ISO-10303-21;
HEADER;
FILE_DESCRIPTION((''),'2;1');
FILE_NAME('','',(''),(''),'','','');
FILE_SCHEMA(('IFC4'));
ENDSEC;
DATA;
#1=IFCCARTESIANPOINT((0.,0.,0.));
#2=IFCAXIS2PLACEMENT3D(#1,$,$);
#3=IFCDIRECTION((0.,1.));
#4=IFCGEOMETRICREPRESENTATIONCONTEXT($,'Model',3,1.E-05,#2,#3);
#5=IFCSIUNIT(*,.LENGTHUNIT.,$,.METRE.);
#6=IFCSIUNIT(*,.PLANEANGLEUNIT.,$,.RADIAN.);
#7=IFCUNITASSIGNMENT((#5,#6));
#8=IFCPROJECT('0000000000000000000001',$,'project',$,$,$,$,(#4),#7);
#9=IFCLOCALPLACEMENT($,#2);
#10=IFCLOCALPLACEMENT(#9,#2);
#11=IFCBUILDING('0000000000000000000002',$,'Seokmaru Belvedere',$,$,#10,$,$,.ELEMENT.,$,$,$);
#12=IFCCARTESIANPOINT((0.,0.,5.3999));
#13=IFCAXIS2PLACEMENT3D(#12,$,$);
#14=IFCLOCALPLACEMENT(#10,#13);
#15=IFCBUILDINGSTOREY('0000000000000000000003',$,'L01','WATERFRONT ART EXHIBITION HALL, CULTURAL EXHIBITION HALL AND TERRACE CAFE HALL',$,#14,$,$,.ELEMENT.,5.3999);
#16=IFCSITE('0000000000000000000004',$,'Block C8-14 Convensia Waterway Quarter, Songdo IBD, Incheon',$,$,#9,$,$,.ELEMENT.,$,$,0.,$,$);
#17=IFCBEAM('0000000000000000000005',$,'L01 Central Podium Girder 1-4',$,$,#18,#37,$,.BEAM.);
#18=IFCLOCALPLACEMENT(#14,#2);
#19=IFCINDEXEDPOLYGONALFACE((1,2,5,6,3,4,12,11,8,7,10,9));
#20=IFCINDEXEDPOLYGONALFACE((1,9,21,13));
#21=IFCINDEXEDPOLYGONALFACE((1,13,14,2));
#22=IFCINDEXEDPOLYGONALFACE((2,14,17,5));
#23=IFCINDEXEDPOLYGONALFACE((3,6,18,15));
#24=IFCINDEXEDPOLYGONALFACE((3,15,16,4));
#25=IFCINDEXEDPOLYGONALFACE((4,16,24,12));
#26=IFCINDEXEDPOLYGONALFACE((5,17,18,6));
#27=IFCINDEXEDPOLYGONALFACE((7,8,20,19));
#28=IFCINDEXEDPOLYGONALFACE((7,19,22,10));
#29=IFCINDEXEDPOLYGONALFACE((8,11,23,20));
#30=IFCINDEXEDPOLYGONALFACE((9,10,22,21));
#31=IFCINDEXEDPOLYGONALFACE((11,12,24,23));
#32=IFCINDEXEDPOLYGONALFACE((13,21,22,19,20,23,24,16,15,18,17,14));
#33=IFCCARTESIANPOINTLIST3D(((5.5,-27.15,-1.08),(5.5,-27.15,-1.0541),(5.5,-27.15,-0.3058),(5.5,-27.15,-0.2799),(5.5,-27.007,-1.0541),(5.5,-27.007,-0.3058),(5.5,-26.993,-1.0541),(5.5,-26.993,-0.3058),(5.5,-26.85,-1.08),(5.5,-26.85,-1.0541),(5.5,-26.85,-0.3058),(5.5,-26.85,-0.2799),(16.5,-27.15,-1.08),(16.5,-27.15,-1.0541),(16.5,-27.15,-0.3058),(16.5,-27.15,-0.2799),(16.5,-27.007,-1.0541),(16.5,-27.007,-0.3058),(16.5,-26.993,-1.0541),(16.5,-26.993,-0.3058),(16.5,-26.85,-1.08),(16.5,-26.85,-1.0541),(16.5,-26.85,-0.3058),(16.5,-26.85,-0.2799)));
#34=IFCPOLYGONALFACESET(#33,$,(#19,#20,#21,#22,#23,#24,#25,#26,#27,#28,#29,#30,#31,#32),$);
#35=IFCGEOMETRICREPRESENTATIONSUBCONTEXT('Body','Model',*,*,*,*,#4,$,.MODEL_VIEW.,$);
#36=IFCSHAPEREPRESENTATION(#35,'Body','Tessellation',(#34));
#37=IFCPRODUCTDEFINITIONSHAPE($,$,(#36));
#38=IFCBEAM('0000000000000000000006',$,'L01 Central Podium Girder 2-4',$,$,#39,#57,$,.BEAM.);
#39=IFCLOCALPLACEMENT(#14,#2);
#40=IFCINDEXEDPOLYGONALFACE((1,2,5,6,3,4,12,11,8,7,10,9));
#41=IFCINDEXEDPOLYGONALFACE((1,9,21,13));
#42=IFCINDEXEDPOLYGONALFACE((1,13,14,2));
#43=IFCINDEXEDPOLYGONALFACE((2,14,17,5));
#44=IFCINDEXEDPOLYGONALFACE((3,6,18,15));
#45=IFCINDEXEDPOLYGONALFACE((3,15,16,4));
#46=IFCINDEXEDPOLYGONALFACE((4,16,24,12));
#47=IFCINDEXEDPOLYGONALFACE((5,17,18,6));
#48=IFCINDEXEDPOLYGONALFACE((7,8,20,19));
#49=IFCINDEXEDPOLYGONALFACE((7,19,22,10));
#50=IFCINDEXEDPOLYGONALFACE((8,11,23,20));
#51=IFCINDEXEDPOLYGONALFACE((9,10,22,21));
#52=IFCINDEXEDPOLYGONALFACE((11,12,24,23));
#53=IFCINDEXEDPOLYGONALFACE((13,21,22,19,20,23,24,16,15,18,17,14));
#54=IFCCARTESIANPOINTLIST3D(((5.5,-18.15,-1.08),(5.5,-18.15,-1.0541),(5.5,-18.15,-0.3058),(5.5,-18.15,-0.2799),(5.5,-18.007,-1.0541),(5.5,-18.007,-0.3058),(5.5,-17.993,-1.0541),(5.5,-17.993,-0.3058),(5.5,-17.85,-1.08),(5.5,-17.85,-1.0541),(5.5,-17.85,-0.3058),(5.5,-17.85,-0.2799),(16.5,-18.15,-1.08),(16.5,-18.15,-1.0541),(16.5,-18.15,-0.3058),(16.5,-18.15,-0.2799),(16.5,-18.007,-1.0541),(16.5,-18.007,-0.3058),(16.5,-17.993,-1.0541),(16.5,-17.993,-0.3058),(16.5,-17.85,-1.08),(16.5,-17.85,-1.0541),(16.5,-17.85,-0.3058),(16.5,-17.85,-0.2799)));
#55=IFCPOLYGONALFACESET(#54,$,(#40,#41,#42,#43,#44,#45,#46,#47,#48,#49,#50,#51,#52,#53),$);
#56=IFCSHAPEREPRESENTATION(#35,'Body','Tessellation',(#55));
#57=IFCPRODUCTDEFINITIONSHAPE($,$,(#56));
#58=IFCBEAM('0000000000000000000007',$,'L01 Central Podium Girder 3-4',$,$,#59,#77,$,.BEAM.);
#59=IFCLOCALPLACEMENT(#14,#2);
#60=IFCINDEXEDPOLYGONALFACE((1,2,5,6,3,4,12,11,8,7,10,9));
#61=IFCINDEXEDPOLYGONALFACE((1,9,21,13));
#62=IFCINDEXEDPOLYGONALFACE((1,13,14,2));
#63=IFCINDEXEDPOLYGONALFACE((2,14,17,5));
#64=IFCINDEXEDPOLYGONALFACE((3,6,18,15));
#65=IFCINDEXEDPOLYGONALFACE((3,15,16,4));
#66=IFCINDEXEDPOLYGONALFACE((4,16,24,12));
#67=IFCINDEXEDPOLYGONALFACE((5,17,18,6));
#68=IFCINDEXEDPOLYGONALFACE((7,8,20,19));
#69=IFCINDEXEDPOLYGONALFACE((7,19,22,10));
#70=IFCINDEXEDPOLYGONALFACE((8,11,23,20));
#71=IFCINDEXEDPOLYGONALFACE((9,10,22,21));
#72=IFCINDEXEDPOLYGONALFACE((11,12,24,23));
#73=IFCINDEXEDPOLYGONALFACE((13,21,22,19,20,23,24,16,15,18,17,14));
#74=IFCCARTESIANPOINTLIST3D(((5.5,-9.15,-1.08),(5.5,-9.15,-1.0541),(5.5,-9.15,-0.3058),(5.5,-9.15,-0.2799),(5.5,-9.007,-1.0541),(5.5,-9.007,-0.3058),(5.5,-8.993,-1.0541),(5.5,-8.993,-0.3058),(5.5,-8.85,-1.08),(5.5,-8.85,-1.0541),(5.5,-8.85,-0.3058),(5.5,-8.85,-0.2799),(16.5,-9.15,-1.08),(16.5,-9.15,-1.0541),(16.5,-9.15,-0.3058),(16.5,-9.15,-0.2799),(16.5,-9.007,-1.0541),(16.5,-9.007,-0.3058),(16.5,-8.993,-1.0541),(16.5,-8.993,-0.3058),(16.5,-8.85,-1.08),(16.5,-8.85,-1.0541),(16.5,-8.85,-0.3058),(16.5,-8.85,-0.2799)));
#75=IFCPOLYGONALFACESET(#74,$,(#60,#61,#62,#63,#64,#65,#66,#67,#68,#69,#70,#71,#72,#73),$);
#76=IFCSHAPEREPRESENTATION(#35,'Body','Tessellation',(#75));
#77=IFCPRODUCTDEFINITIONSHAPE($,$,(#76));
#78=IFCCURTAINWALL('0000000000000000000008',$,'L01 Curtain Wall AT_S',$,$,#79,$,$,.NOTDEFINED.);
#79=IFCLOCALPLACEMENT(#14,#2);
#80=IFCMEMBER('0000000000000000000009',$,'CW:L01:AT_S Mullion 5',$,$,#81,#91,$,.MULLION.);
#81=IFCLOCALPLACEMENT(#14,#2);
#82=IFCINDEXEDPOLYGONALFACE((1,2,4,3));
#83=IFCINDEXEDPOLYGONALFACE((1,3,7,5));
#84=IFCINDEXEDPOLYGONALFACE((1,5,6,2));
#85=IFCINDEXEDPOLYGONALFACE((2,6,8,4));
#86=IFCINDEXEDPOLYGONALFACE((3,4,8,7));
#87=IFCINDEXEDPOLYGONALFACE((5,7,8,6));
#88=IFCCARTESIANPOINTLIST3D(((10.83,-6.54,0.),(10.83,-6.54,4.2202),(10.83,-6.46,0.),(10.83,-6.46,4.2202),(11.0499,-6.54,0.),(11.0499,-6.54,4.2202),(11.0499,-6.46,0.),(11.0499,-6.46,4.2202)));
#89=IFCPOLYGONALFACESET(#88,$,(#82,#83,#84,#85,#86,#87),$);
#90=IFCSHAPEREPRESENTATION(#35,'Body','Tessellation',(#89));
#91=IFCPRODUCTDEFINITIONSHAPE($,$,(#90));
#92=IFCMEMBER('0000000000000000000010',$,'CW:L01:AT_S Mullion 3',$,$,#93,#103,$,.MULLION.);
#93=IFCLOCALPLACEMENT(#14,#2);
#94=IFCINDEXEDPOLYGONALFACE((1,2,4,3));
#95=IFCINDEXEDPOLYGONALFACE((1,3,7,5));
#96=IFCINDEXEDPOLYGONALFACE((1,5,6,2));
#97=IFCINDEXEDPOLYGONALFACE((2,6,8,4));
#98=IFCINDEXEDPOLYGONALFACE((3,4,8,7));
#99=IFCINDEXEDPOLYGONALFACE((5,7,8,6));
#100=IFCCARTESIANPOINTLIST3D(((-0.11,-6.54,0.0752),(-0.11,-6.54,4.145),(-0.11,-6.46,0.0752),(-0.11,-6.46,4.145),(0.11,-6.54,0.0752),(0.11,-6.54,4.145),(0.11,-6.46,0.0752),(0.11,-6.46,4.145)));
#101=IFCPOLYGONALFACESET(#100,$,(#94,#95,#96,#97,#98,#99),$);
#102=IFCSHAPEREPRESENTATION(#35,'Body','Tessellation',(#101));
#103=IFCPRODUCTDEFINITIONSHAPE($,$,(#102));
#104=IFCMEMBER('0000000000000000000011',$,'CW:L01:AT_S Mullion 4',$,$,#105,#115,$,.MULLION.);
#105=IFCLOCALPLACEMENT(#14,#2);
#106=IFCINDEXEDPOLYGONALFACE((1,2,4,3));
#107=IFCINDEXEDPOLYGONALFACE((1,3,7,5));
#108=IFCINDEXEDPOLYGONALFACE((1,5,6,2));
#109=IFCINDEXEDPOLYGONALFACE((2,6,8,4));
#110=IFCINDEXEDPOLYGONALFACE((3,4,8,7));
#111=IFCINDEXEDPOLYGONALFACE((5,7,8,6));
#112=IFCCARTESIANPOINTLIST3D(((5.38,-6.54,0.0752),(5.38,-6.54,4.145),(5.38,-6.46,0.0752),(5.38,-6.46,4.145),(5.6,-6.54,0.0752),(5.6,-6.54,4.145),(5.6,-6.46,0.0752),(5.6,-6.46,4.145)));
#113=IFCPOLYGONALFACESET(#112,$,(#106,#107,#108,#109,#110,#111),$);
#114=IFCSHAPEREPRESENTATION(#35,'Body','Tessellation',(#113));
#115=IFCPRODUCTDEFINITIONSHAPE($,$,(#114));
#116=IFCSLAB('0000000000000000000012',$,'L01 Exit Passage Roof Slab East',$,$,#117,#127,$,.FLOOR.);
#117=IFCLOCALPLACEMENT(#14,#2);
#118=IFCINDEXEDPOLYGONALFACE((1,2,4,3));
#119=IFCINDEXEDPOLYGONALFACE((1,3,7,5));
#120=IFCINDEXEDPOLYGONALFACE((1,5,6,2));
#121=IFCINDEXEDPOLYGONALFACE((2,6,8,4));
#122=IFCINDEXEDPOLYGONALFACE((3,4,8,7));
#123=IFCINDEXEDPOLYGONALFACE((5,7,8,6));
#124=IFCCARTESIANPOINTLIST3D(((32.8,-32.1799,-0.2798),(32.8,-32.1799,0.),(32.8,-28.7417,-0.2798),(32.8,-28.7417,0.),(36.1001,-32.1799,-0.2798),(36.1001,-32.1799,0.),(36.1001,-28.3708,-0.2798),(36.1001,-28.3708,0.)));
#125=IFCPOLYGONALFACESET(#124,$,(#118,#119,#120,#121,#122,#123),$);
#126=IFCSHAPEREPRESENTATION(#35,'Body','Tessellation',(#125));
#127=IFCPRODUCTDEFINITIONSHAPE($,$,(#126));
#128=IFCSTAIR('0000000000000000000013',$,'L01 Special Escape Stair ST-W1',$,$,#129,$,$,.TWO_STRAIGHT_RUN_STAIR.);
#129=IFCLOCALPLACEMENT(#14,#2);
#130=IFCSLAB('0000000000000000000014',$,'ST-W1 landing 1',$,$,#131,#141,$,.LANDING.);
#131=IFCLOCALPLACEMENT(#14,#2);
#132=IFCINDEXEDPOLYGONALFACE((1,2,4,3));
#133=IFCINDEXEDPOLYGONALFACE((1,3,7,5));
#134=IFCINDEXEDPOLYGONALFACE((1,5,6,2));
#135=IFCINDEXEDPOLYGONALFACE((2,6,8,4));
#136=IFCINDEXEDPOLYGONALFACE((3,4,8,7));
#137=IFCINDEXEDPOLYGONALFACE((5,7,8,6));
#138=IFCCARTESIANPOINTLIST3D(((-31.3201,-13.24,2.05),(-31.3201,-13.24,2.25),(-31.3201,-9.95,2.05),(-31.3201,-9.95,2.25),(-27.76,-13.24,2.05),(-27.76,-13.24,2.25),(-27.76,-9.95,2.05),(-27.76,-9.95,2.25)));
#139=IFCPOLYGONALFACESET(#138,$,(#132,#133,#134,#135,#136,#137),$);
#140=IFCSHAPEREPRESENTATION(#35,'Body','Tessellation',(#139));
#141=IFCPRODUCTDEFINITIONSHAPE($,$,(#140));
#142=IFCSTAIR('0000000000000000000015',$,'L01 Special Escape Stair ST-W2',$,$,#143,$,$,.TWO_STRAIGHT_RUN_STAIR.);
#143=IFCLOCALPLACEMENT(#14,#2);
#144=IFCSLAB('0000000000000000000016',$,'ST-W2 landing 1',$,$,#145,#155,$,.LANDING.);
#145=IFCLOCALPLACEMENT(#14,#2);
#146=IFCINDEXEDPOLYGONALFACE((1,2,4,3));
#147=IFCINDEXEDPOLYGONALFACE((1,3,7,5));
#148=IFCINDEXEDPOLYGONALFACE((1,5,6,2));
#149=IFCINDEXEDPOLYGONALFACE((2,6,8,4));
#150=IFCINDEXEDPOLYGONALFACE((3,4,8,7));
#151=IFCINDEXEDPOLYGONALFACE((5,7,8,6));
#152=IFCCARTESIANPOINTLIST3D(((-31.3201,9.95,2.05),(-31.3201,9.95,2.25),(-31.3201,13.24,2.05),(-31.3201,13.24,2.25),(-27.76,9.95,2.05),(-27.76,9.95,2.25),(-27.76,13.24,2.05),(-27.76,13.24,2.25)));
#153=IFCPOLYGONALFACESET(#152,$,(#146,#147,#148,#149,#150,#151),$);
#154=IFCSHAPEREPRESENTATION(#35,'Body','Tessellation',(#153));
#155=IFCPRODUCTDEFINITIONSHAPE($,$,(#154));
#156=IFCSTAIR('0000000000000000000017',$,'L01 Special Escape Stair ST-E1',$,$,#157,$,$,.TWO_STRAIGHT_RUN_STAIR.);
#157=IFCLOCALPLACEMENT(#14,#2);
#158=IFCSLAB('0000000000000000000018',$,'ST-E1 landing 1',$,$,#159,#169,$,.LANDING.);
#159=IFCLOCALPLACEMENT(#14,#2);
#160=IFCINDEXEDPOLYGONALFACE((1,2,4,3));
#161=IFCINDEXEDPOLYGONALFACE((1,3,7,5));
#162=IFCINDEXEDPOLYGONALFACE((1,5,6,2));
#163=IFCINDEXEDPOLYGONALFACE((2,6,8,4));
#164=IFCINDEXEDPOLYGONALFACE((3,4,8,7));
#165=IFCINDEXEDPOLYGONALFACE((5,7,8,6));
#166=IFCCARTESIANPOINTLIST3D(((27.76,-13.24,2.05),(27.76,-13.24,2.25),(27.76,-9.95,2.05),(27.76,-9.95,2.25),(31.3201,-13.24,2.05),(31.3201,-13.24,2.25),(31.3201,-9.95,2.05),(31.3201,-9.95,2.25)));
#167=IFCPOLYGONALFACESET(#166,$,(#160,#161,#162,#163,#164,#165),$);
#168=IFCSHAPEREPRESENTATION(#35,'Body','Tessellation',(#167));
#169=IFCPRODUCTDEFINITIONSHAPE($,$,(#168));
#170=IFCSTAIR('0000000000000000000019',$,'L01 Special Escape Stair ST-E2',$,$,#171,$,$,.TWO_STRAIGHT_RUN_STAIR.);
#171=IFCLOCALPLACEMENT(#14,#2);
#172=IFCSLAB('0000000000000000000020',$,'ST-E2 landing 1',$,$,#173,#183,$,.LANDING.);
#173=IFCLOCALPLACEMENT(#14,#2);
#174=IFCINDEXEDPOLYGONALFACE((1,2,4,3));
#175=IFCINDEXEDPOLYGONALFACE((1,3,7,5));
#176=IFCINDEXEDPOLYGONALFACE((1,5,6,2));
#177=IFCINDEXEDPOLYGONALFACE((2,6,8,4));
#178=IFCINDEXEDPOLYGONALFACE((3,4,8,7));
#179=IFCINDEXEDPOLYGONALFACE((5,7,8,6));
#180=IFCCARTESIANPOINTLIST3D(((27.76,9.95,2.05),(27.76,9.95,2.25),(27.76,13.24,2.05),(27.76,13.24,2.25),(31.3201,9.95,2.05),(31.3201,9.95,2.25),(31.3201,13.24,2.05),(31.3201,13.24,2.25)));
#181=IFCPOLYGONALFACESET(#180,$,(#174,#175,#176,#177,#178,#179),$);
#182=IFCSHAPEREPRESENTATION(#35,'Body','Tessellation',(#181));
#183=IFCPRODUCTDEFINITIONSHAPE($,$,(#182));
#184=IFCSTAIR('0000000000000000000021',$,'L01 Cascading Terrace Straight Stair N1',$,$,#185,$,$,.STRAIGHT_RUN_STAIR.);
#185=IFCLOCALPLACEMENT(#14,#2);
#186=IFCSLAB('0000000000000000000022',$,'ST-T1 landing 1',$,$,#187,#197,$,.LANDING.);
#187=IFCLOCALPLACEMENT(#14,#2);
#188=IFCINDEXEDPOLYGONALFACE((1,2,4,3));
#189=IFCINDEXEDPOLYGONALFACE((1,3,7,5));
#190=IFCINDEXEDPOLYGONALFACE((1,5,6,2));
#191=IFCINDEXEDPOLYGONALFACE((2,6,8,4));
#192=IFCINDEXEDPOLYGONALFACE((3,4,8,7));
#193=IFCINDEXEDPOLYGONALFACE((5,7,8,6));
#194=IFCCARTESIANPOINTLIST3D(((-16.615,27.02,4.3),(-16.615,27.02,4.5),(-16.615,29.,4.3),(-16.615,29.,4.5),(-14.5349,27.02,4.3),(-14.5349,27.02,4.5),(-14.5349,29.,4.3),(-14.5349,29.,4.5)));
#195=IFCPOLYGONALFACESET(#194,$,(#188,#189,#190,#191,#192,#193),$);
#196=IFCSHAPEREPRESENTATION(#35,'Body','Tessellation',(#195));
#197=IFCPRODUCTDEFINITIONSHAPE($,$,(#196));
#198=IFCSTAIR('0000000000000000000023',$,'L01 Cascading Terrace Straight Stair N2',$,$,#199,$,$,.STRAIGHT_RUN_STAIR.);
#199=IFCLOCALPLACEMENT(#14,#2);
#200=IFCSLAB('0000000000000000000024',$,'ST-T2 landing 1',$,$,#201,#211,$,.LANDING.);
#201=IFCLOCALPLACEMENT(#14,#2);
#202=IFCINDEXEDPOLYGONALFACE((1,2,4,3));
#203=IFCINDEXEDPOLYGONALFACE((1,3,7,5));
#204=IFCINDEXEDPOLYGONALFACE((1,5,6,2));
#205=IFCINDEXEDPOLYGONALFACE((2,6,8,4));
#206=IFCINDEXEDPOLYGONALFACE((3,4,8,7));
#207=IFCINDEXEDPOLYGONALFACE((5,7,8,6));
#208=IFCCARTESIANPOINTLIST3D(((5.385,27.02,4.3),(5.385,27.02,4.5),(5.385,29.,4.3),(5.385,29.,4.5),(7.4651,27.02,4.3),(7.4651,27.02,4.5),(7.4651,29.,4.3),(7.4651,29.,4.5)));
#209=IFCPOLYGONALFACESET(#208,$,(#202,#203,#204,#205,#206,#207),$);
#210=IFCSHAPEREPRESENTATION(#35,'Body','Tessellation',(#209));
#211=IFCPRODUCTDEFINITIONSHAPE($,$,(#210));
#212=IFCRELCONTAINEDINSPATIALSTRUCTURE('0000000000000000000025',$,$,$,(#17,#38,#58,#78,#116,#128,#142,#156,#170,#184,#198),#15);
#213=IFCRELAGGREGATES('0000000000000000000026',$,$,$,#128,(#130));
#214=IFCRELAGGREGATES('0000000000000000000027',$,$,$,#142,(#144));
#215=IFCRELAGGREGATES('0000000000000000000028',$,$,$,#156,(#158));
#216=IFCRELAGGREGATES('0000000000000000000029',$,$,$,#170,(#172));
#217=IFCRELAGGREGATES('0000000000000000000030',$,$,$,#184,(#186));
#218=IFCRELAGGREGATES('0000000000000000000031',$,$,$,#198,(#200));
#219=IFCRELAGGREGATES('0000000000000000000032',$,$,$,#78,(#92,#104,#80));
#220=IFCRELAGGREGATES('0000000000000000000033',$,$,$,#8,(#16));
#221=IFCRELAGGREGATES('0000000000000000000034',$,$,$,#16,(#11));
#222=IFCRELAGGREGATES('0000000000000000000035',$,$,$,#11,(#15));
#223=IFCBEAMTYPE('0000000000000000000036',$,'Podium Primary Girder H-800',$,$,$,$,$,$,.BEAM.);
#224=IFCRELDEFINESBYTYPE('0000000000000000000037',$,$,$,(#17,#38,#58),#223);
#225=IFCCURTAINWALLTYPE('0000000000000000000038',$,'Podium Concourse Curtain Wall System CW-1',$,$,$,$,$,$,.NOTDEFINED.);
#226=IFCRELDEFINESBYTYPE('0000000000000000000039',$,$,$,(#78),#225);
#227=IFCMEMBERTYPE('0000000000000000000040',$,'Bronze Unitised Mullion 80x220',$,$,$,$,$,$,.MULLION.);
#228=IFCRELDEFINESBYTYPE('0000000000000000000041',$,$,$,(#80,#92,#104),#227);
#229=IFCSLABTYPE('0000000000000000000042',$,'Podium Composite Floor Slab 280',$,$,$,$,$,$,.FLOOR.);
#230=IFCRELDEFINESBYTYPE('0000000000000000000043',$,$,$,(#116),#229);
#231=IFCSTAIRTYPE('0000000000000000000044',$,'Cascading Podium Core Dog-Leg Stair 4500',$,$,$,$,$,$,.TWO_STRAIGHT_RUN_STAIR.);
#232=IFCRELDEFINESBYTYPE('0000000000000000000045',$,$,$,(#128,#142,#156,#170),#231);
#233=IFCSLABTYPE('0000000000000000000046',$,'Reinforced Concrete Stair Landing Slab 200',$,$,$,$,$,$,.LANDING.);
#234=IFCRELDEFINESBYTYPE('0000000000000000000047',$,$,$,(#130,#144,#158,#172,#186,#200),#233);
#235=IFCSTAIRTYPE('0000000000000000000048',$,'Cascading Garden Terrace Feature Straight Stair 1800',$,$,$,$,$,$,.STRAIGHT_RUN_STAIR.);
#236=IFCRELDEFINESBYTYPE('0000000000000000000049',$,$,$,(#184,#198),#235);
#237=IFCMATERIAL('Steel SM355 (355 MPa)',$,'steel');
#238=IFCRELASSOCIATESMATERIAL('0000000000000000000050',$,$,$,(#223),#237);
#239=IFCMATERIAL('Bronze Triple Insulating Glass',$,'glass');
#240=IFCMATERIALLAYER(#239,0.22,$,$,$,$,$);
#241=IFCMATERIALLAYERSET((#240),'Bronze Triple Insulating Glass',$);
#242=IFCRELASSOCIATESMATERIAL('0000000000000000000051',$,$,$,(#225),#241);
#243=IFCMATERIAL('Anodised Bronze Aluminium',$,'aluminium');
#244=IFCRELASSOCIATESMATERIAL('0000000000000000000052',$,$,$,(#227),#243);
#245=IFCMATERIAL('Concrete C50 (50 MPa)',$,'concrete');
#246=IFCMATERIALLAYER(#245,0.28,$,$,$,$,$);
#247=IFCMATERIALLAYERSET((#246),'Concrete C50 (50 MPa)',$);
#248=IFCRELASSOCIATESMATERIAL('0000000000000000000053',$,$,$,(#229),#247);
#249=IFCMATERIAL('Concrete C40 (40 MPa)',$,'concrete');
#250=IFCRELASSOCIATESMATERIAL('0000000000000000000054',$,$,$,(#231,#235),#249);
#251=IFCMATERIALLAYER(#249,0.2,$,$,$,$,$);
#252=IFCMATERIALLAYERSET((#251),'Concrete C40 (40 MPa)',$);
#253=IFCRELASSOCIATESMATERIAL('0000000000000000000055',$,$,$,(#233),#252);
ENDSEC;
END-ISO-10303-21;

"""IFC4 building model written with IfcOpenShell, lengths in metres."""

from ifc_helpers import new_model, si_unit, direction, frame, origin, origin_2d, place, context, subcontext, project, spatial, polyline, rectangle, i_section, outline, extrude, source, transform, mapped, material, layer, layer_set, material_profile, profile_set, type_object, type_shapes, element, aggregate, save


model = new_model("IFC4")

# Units and contexts
model_context = context("Model", 3, precision=1e-05, world=origin(), true_north=direction((0.0, 1.0)))
body_context = subcontext(model_context, "Body", "Model", "MODEL_VIEW")
ifc_project = project(units=[si_unit("LENGTHUNIT", "METRE"), si_unit("PLANEANGLEUNIT", "RADIAN")], contexts=[model_context])

# Site, building, storey
site_placement = place(None, origin())
site = spatial("IfcSite", under=ifc_project, at=site_placement, Name="Block C8-14 Convensia Waterway Quarter, Songdo IBD, Incheon", CompositionType="ELEMENT", RefElevation=0.0)
building_placement = place(site_placement, origin())
building = spatial("IfcBuilding", under=site, at=building_placement, Name="Seokmaru Belvedere", CompositionType="ELEMENT")
storey_placement = place(building_placement, frame((0.0, 0.0, 5.3999)))
storey = spatial("IfcBuildingStorey", under=building, at=storey_placement, Name="L01", Description="WATERFRONT ART EXHIBITION HALL, CULTURAL EXHIBITION HALL AND TERRACE CAFE HALL", CompositionType="ELEMENT", Elevation=5.3999)

# Shared definitions
ifc_material_1 = material(Name="Concrete C50 (50 MPa)", Category="concrete")
ifc_material_2 = material(Name="Steel SM355 (355 MPa)", Category="steel")

# Beams
ifc_material_profile_1 = material_profile(ifc_material_2, i_section(OverallWidth=0.3, OverallDepth=0.8, WebThickness=0.0139, FlangeThickness=0.0259, at=origin_2d()), Name="H-800x300x14x26")
ifc_profile_set_1 = profile_set([ifc_material_profile_1], Name="Steel SM355 (355 MPa)")
beam_type_1 = type_object("IfcBeamType", Name="Podium Primary Girder H-800", PredefinedType="BEAM", material=ifc_profile_set_1)
shared_shape_1 = source(origin(), body_context, "Body", "SweptSolid", [
    extrude(i_section(OverallWidth=0.3, OverallDepth=0.8, WebThickness=0.0139, FlangeThickness=0.0259, at=origin_2d()), origin(), (0.0, 0.0, 1.0), 11.0),
])
for number, where, z_axis, x_axis, name in (
    (1, (5.5, -27.0, -0.6799), (1.0, 0.0, 0.0), (0.0, 1.0, 0.0), "L01 Central Podium Girder 1-4"),
    (2, (5.5, -18.0, -0.6799), (1.0, 0.0, 0.0), (0.0, 1.0, 0.0), "L01 Central Podium Girder 2-4"),
    (3, (5.5, -9.0, -0.6799), (1.0, 0.0, 0.0), (0.0, 1.0, 0.0), "L01 Central Podium Girder 3-4"),
):
    element("IfcBeam", number, at=place(storey_placement, frame(where, z_axis=z_axis, x_axis=x_axis)), inside=storey, type_object=beam_type_1, Name=name, PredefinedType="BEAM", context=body_context, shape_type="MappedRepresentation", body=[
        mapped(shared_shape_1, transform((0.0, 0.0, 0.0), scale=1.0)),
    ])

# Curtain wall, members
ifc_material_3 = material(Name="Bronze Triple Insulating Glass", Category="glass")
ifc_layer_1 = layer(ifc_material_3, 0.22)
ifc_layer_set_1 = layer_set([ifc_layer_1], Name="Bronze Triple Insulating Glass")
curtain_wall_type = type_object("IfcCurtainWallType", Name="Podium Concourse Curtain Wall System CW-1", PredefinedType="NOTDEFINED", material=ifc_layer_set_1)
curtain_wall_placement = place(storey_placement, origin())
curtain_wall = element("IfcCurtainWall", 4, at=curtain_wall_placement, inside=storey, type_object=curtain_wall_type, Name="L01 Curtain Wall AT_S", PredefinedType="NOTDEFINED")
ifc_material_4 = material(Name="Anodised Bronze Aluminium", Category="aluminium")
ifc_material_profile_2 = material_profile(ifc_material_4, rectangle(XDim=0.0801, YDim=0.22, at=origin_2d()), Name="CW-M-80x220")
ifc_profile_set_2 = profile_set([ifc_material_profile_2], Name="Anodised Bronze Aluminium")
member_type = type_object("IfcMemberType", Name="Bronze Unitised Mullion 80x220", PredefinedType="MULLION", material=ifc_profile_set_2)
shared_shape_2 = source(origin(), body_context, "Body", "SweptSolid", [
    extrude(rectangle(XDim=0.0801, YDim=0.22, at=origin_2d()), origin(), (0.0, 0.0, 1.0), 4.2202),
])
member_1_placement = place(storey_placement, frame((10.9399, -6.5, 0.0), z_axis=(0.0, 0.0, 1.0), x_axis=(0.0, 1.0, 0.0)))
member_1 = element("IfcMember", 5, at=member_1_placement, type_object=member_type, Name="CW:L01:AT_S Mullion 5", PredefinedType="MULLION", context=body_context, shape_type="MappedRepresentation", body=[
    mapped(shared_shape_2, transform((0.0, 0.0, 0.0), scale=1.0)),
])
shared_shape_3 = source(origin(), body_context, "Body", "SweptSolid", [
    extrude(rectangle(XDim=0.0801, YDim=0.22, at=origin_2d()), origin(), (0.0, 0.0, 1.0), 4.0698),
])
type_shapes(member_type, [shared_shape_2, shared_shape_3])
member_2_placement = place(storey_placement, frame((0.0, -6.5, 0.0752), z_axis=(0.0, 0.0, 1.0), x_axis=(0.0, 1.0, 0.0)))
member_2 = element("IfcMember", 6, at=member_2_placement, type_object=member_type, Name="CW:L01:AT_S Mullion 3", PredefinedType="MULLION", context=body_context, shape_type="MappedRepresentation", body=[
    mapped(shared_shape_3, transform((0.0, 0.0, 0.0), scale=1.0)),
])
member_3_placement = place(storey_placement, frame((5.49, -6.5, 0.0752), z_axis=(0.0, 0.0, 1.0), x_axis=(0.0, 1.0, 0.0)))
member_3 = element("IfcMember", 7, at=member_3_placement, type_object=member_type, Name="CW:L01:AT_S Mullion 4", PredefinedType="MULLION", context=body_context, shape_type="MappedRepresentation", body=[
    mapped(shared_shape_3, transform((0.0, 0.0, 0.0), scale=1.0)),
])

# Slab
ifc_layer_2 = layer(ifc_material_1, 0.28)
ifc_layer_set_2 = layer_set([ifc_layer_2], Name="Concrete C50 (50 MPa)")
slab_type_1 = type_object("IfcSlabType", Name="Podium Composite Floor Slab 280", PredefinedType="FLOOR", material=ifc_layer_set_2)
slab_1_placement = place(storey_placement, frame((0.0, 0.0, -0.2798)))
element("IfcSlab", 8, at=slab_1_placement, inside=storey, type_object=slab_type_1, Name="L01 Exit Passage Roof Slab East", PredefinedType="FLOOR", context=body_context, shape_type="SweptSolid", body=[
    extrude(outline(polyline([(32.8, -32.1799), (36.1001, -32.1799), (36.1001, -28.3708), (32.8, -28.7417), (32.8, -32.1799)])), origin(), (0.0, 0.0, 1.0), 0.2798),
])

# Stairs, slabs
ifc_material_5 = material(Name="Concrete C40 (40 MPa)", Category="concrete")
stair_type_1 = type_object("IfcStairType", Name="Cascading Podium Core Dog-Leg Stair 4500", PredefinedType="TWO_STRAIGHT_RUN_STAIR", material=ifc_material_5)
stair_1_placement = place(storey_placement, origin())
stair_1 = element("IfcStair", 9, at=stair_1_placement, inside=storey, type_object=stair_type_1, Name="L01 Special Escape Stair ST-W1", PredefinedType="TWO_STRAIGHT_RUN_STAIR")
ifc_layer_3 = layer(ifc_material_5, 0.2)
ifc_layer_set_3 = layer_set([ifc_layer_3], Name="Concrete C40 (40 MPa)")
slab_type_2 = type_object("IfcSlabType", Name="Reinforced Concrete Stair Landing Slab 200", PredefinedType="LANDING", material=ifc_layer_set_3)
slab_2_placement = place(storey_placement, frame((0.0, 0.0, 2.05)))
slab_2 = element("IfcSlab", 10, at=slab_2_placement, type_object=slab_type_2, Name="ST-W1 landing 1", PredefinedType="LANDING", context=body_context, shape_type="SweptSolid", body=[
    extrude(outline(polyline([(-31.3201, -13.24), (-27.76, -13.24), (-27.76, -9.95), (-31.3201, -9.95), (-31.3201, -13.24)])), origin(), (0.0, 0.0, 1.0), 0.2),
])
aggregate(stair_1, [slab_2])
stair_2_placement = place(storey_placement, origin())
stair_2 = element("IfcStair", 11, at=stair_2_placement, inside=storey, type_object=stair_type_1, Name="L01 Special Escape Stair ST-W2", PredefinedType="TWO_STRAIGHT_RUN_STAIR")
slab_3_placement = place(storey_placement, frame((0.0, 0.0, 2.05)))
slab_3 = element("IfcSlab", 12, at=slab_3_placement, type_object=slab_type_2, Name="ST-W2 landing 1", PredefinedType="LANDING", context=body_context, shape_type="SweptSolid", body=[
    extrude(outline(polyline([(-31.3201, 9.95), (-27.76, 9.95), (-27.76, 13.24), (-31.3201, 13.24), (-31.3201, 9.95)])), origin(), (0.0, 0.0, 1.0), 0.2),
])
aggregate(stair_2, [slab_3])
stair_3_placement = place(storey_placement, origin())
stair_3 = element("IfcStair", 13, at=stair_3_placement, inside=storey, type_object=stair_type_1, Name="L01 Special Escape Stair ST-E1", PredefinedType="TWO_STRAIGHT_RUN_STAIR")
slab_4_placement = place(storey_placement, frame((0.0, 0.0, 2.05)))
slab_4 = element("IfcSlab", 14, at=slab_4_placement, type_object=slab_type_2, Name="ST-E1 landing 1", PredefinedType="LANDING", context=body_context, shape_type="SweptSolid", body=[
    extrude(outline(polyline([(27.76, -13.24), (31.3201, -13.24), (31.3201, -9.95), (27.76, -9.95), (27.76, -13.24)])), origin(), (0.0, 0.0, 1.0), 0.2),
])
aggregate(stair_3, [slab_4])
stair_4_placement = place(storey_placement, origin())
stair_4 = element("IfcStair", 15, at=stair_4_placement, inside=storey, type_object=stair_type_1, Name="L01 Special Escape Stair ST-E2", PredefinedType="TWO_STRAIGHT_RUN_STAIR")
slab_5_placement = place(storey_placement, frame((0.0, 0.0, 2.05)))
slab_5 = element("IfcSlab", 16, at=slab_5_placement, type_object=slab_type_2, Name="ST-E2 landing 1", PredefinedType="LANDING", context=body_context, shape_type="SweptSolid", body=[
    extrude(outline(polyline([(27.76, 9.95), (31.3201, 9.95), (31.3201, 13.24), (27.76, 13.24), (27.76, 9.95)])), origin(), (0.0, 0.0, 1.0), 0.2),
])
aggregate(stair_4, [slab_5])
stair_type_2 = type_object("IfcStairType", Name="Cascading Garden Terrace Feature Straight Stair 1800", PredefinedType="STRAIGHT_RUN_STAIR", material=ifc_material_5)
stair_5_placement = place(storey_placement, origin())
stair_5 = element("IfcStair", 17, at=stair_5_placement, inside=storey, type_object=stair_type_2, Name="L01 Cascading Terrace Straight Stair N1", PredefinedType="STRAIGHT_RUN_STAIR")
slab_6_placement = place(storey_placement, frame((0.0, 0.0, 4.3)))
slab_6 = element("IfcSlab", 18, at=slab_6_placement, type_object=slab_type_2, Name="ST-T1 landing 1", PredefinedType="LANDING", context=body_context, shape_type="SweptSolid", body=[
    extrude(outline(polyline([(-16.615, 27.02), (-14.5349, 27.02), (-14.5349, 29.0), (-16.615, 29.0), (-16.615, 27.02)])), origin(), (0.0, 0.0, 1.0), 0.2),
])
aggregate(stair_5, [slab_6])
stair_6_placement = place(storey_placement, origin())
stair_6 = element("IfcStair", 19, at=stair_6_placement, inside=storey, type_object=stair_type_2, Name="L01 Cascading Terrace Straight Stair N2", PredefinedType="STRAIGHT_RUN_STAIR")
slab_7_placement = place(storey_placement, frame((0.0, 0.0, 4.3)))
slab_7 = element("IfcSlab", 20, at=slab_7_placement, type_object=slab_type_2, Name="ST-T2 landing 1", PredefinedType="LANDING", context=body_context, shape_type="SweptSolid", body=[
    extrude(outline(polyline([(5.385, 27.02), (7.4651, 27.02), (7.4651, 29.0), (5.385, 29.0), (5.385, 27.02)])), origin(), (0.0, 0.0, 1.0), 0.2),
])
aggregate(stair_6, [slab_7])

aggregate(curtain_wall, [member_2, member_3, member_1])

save(model, "model.ifc")
